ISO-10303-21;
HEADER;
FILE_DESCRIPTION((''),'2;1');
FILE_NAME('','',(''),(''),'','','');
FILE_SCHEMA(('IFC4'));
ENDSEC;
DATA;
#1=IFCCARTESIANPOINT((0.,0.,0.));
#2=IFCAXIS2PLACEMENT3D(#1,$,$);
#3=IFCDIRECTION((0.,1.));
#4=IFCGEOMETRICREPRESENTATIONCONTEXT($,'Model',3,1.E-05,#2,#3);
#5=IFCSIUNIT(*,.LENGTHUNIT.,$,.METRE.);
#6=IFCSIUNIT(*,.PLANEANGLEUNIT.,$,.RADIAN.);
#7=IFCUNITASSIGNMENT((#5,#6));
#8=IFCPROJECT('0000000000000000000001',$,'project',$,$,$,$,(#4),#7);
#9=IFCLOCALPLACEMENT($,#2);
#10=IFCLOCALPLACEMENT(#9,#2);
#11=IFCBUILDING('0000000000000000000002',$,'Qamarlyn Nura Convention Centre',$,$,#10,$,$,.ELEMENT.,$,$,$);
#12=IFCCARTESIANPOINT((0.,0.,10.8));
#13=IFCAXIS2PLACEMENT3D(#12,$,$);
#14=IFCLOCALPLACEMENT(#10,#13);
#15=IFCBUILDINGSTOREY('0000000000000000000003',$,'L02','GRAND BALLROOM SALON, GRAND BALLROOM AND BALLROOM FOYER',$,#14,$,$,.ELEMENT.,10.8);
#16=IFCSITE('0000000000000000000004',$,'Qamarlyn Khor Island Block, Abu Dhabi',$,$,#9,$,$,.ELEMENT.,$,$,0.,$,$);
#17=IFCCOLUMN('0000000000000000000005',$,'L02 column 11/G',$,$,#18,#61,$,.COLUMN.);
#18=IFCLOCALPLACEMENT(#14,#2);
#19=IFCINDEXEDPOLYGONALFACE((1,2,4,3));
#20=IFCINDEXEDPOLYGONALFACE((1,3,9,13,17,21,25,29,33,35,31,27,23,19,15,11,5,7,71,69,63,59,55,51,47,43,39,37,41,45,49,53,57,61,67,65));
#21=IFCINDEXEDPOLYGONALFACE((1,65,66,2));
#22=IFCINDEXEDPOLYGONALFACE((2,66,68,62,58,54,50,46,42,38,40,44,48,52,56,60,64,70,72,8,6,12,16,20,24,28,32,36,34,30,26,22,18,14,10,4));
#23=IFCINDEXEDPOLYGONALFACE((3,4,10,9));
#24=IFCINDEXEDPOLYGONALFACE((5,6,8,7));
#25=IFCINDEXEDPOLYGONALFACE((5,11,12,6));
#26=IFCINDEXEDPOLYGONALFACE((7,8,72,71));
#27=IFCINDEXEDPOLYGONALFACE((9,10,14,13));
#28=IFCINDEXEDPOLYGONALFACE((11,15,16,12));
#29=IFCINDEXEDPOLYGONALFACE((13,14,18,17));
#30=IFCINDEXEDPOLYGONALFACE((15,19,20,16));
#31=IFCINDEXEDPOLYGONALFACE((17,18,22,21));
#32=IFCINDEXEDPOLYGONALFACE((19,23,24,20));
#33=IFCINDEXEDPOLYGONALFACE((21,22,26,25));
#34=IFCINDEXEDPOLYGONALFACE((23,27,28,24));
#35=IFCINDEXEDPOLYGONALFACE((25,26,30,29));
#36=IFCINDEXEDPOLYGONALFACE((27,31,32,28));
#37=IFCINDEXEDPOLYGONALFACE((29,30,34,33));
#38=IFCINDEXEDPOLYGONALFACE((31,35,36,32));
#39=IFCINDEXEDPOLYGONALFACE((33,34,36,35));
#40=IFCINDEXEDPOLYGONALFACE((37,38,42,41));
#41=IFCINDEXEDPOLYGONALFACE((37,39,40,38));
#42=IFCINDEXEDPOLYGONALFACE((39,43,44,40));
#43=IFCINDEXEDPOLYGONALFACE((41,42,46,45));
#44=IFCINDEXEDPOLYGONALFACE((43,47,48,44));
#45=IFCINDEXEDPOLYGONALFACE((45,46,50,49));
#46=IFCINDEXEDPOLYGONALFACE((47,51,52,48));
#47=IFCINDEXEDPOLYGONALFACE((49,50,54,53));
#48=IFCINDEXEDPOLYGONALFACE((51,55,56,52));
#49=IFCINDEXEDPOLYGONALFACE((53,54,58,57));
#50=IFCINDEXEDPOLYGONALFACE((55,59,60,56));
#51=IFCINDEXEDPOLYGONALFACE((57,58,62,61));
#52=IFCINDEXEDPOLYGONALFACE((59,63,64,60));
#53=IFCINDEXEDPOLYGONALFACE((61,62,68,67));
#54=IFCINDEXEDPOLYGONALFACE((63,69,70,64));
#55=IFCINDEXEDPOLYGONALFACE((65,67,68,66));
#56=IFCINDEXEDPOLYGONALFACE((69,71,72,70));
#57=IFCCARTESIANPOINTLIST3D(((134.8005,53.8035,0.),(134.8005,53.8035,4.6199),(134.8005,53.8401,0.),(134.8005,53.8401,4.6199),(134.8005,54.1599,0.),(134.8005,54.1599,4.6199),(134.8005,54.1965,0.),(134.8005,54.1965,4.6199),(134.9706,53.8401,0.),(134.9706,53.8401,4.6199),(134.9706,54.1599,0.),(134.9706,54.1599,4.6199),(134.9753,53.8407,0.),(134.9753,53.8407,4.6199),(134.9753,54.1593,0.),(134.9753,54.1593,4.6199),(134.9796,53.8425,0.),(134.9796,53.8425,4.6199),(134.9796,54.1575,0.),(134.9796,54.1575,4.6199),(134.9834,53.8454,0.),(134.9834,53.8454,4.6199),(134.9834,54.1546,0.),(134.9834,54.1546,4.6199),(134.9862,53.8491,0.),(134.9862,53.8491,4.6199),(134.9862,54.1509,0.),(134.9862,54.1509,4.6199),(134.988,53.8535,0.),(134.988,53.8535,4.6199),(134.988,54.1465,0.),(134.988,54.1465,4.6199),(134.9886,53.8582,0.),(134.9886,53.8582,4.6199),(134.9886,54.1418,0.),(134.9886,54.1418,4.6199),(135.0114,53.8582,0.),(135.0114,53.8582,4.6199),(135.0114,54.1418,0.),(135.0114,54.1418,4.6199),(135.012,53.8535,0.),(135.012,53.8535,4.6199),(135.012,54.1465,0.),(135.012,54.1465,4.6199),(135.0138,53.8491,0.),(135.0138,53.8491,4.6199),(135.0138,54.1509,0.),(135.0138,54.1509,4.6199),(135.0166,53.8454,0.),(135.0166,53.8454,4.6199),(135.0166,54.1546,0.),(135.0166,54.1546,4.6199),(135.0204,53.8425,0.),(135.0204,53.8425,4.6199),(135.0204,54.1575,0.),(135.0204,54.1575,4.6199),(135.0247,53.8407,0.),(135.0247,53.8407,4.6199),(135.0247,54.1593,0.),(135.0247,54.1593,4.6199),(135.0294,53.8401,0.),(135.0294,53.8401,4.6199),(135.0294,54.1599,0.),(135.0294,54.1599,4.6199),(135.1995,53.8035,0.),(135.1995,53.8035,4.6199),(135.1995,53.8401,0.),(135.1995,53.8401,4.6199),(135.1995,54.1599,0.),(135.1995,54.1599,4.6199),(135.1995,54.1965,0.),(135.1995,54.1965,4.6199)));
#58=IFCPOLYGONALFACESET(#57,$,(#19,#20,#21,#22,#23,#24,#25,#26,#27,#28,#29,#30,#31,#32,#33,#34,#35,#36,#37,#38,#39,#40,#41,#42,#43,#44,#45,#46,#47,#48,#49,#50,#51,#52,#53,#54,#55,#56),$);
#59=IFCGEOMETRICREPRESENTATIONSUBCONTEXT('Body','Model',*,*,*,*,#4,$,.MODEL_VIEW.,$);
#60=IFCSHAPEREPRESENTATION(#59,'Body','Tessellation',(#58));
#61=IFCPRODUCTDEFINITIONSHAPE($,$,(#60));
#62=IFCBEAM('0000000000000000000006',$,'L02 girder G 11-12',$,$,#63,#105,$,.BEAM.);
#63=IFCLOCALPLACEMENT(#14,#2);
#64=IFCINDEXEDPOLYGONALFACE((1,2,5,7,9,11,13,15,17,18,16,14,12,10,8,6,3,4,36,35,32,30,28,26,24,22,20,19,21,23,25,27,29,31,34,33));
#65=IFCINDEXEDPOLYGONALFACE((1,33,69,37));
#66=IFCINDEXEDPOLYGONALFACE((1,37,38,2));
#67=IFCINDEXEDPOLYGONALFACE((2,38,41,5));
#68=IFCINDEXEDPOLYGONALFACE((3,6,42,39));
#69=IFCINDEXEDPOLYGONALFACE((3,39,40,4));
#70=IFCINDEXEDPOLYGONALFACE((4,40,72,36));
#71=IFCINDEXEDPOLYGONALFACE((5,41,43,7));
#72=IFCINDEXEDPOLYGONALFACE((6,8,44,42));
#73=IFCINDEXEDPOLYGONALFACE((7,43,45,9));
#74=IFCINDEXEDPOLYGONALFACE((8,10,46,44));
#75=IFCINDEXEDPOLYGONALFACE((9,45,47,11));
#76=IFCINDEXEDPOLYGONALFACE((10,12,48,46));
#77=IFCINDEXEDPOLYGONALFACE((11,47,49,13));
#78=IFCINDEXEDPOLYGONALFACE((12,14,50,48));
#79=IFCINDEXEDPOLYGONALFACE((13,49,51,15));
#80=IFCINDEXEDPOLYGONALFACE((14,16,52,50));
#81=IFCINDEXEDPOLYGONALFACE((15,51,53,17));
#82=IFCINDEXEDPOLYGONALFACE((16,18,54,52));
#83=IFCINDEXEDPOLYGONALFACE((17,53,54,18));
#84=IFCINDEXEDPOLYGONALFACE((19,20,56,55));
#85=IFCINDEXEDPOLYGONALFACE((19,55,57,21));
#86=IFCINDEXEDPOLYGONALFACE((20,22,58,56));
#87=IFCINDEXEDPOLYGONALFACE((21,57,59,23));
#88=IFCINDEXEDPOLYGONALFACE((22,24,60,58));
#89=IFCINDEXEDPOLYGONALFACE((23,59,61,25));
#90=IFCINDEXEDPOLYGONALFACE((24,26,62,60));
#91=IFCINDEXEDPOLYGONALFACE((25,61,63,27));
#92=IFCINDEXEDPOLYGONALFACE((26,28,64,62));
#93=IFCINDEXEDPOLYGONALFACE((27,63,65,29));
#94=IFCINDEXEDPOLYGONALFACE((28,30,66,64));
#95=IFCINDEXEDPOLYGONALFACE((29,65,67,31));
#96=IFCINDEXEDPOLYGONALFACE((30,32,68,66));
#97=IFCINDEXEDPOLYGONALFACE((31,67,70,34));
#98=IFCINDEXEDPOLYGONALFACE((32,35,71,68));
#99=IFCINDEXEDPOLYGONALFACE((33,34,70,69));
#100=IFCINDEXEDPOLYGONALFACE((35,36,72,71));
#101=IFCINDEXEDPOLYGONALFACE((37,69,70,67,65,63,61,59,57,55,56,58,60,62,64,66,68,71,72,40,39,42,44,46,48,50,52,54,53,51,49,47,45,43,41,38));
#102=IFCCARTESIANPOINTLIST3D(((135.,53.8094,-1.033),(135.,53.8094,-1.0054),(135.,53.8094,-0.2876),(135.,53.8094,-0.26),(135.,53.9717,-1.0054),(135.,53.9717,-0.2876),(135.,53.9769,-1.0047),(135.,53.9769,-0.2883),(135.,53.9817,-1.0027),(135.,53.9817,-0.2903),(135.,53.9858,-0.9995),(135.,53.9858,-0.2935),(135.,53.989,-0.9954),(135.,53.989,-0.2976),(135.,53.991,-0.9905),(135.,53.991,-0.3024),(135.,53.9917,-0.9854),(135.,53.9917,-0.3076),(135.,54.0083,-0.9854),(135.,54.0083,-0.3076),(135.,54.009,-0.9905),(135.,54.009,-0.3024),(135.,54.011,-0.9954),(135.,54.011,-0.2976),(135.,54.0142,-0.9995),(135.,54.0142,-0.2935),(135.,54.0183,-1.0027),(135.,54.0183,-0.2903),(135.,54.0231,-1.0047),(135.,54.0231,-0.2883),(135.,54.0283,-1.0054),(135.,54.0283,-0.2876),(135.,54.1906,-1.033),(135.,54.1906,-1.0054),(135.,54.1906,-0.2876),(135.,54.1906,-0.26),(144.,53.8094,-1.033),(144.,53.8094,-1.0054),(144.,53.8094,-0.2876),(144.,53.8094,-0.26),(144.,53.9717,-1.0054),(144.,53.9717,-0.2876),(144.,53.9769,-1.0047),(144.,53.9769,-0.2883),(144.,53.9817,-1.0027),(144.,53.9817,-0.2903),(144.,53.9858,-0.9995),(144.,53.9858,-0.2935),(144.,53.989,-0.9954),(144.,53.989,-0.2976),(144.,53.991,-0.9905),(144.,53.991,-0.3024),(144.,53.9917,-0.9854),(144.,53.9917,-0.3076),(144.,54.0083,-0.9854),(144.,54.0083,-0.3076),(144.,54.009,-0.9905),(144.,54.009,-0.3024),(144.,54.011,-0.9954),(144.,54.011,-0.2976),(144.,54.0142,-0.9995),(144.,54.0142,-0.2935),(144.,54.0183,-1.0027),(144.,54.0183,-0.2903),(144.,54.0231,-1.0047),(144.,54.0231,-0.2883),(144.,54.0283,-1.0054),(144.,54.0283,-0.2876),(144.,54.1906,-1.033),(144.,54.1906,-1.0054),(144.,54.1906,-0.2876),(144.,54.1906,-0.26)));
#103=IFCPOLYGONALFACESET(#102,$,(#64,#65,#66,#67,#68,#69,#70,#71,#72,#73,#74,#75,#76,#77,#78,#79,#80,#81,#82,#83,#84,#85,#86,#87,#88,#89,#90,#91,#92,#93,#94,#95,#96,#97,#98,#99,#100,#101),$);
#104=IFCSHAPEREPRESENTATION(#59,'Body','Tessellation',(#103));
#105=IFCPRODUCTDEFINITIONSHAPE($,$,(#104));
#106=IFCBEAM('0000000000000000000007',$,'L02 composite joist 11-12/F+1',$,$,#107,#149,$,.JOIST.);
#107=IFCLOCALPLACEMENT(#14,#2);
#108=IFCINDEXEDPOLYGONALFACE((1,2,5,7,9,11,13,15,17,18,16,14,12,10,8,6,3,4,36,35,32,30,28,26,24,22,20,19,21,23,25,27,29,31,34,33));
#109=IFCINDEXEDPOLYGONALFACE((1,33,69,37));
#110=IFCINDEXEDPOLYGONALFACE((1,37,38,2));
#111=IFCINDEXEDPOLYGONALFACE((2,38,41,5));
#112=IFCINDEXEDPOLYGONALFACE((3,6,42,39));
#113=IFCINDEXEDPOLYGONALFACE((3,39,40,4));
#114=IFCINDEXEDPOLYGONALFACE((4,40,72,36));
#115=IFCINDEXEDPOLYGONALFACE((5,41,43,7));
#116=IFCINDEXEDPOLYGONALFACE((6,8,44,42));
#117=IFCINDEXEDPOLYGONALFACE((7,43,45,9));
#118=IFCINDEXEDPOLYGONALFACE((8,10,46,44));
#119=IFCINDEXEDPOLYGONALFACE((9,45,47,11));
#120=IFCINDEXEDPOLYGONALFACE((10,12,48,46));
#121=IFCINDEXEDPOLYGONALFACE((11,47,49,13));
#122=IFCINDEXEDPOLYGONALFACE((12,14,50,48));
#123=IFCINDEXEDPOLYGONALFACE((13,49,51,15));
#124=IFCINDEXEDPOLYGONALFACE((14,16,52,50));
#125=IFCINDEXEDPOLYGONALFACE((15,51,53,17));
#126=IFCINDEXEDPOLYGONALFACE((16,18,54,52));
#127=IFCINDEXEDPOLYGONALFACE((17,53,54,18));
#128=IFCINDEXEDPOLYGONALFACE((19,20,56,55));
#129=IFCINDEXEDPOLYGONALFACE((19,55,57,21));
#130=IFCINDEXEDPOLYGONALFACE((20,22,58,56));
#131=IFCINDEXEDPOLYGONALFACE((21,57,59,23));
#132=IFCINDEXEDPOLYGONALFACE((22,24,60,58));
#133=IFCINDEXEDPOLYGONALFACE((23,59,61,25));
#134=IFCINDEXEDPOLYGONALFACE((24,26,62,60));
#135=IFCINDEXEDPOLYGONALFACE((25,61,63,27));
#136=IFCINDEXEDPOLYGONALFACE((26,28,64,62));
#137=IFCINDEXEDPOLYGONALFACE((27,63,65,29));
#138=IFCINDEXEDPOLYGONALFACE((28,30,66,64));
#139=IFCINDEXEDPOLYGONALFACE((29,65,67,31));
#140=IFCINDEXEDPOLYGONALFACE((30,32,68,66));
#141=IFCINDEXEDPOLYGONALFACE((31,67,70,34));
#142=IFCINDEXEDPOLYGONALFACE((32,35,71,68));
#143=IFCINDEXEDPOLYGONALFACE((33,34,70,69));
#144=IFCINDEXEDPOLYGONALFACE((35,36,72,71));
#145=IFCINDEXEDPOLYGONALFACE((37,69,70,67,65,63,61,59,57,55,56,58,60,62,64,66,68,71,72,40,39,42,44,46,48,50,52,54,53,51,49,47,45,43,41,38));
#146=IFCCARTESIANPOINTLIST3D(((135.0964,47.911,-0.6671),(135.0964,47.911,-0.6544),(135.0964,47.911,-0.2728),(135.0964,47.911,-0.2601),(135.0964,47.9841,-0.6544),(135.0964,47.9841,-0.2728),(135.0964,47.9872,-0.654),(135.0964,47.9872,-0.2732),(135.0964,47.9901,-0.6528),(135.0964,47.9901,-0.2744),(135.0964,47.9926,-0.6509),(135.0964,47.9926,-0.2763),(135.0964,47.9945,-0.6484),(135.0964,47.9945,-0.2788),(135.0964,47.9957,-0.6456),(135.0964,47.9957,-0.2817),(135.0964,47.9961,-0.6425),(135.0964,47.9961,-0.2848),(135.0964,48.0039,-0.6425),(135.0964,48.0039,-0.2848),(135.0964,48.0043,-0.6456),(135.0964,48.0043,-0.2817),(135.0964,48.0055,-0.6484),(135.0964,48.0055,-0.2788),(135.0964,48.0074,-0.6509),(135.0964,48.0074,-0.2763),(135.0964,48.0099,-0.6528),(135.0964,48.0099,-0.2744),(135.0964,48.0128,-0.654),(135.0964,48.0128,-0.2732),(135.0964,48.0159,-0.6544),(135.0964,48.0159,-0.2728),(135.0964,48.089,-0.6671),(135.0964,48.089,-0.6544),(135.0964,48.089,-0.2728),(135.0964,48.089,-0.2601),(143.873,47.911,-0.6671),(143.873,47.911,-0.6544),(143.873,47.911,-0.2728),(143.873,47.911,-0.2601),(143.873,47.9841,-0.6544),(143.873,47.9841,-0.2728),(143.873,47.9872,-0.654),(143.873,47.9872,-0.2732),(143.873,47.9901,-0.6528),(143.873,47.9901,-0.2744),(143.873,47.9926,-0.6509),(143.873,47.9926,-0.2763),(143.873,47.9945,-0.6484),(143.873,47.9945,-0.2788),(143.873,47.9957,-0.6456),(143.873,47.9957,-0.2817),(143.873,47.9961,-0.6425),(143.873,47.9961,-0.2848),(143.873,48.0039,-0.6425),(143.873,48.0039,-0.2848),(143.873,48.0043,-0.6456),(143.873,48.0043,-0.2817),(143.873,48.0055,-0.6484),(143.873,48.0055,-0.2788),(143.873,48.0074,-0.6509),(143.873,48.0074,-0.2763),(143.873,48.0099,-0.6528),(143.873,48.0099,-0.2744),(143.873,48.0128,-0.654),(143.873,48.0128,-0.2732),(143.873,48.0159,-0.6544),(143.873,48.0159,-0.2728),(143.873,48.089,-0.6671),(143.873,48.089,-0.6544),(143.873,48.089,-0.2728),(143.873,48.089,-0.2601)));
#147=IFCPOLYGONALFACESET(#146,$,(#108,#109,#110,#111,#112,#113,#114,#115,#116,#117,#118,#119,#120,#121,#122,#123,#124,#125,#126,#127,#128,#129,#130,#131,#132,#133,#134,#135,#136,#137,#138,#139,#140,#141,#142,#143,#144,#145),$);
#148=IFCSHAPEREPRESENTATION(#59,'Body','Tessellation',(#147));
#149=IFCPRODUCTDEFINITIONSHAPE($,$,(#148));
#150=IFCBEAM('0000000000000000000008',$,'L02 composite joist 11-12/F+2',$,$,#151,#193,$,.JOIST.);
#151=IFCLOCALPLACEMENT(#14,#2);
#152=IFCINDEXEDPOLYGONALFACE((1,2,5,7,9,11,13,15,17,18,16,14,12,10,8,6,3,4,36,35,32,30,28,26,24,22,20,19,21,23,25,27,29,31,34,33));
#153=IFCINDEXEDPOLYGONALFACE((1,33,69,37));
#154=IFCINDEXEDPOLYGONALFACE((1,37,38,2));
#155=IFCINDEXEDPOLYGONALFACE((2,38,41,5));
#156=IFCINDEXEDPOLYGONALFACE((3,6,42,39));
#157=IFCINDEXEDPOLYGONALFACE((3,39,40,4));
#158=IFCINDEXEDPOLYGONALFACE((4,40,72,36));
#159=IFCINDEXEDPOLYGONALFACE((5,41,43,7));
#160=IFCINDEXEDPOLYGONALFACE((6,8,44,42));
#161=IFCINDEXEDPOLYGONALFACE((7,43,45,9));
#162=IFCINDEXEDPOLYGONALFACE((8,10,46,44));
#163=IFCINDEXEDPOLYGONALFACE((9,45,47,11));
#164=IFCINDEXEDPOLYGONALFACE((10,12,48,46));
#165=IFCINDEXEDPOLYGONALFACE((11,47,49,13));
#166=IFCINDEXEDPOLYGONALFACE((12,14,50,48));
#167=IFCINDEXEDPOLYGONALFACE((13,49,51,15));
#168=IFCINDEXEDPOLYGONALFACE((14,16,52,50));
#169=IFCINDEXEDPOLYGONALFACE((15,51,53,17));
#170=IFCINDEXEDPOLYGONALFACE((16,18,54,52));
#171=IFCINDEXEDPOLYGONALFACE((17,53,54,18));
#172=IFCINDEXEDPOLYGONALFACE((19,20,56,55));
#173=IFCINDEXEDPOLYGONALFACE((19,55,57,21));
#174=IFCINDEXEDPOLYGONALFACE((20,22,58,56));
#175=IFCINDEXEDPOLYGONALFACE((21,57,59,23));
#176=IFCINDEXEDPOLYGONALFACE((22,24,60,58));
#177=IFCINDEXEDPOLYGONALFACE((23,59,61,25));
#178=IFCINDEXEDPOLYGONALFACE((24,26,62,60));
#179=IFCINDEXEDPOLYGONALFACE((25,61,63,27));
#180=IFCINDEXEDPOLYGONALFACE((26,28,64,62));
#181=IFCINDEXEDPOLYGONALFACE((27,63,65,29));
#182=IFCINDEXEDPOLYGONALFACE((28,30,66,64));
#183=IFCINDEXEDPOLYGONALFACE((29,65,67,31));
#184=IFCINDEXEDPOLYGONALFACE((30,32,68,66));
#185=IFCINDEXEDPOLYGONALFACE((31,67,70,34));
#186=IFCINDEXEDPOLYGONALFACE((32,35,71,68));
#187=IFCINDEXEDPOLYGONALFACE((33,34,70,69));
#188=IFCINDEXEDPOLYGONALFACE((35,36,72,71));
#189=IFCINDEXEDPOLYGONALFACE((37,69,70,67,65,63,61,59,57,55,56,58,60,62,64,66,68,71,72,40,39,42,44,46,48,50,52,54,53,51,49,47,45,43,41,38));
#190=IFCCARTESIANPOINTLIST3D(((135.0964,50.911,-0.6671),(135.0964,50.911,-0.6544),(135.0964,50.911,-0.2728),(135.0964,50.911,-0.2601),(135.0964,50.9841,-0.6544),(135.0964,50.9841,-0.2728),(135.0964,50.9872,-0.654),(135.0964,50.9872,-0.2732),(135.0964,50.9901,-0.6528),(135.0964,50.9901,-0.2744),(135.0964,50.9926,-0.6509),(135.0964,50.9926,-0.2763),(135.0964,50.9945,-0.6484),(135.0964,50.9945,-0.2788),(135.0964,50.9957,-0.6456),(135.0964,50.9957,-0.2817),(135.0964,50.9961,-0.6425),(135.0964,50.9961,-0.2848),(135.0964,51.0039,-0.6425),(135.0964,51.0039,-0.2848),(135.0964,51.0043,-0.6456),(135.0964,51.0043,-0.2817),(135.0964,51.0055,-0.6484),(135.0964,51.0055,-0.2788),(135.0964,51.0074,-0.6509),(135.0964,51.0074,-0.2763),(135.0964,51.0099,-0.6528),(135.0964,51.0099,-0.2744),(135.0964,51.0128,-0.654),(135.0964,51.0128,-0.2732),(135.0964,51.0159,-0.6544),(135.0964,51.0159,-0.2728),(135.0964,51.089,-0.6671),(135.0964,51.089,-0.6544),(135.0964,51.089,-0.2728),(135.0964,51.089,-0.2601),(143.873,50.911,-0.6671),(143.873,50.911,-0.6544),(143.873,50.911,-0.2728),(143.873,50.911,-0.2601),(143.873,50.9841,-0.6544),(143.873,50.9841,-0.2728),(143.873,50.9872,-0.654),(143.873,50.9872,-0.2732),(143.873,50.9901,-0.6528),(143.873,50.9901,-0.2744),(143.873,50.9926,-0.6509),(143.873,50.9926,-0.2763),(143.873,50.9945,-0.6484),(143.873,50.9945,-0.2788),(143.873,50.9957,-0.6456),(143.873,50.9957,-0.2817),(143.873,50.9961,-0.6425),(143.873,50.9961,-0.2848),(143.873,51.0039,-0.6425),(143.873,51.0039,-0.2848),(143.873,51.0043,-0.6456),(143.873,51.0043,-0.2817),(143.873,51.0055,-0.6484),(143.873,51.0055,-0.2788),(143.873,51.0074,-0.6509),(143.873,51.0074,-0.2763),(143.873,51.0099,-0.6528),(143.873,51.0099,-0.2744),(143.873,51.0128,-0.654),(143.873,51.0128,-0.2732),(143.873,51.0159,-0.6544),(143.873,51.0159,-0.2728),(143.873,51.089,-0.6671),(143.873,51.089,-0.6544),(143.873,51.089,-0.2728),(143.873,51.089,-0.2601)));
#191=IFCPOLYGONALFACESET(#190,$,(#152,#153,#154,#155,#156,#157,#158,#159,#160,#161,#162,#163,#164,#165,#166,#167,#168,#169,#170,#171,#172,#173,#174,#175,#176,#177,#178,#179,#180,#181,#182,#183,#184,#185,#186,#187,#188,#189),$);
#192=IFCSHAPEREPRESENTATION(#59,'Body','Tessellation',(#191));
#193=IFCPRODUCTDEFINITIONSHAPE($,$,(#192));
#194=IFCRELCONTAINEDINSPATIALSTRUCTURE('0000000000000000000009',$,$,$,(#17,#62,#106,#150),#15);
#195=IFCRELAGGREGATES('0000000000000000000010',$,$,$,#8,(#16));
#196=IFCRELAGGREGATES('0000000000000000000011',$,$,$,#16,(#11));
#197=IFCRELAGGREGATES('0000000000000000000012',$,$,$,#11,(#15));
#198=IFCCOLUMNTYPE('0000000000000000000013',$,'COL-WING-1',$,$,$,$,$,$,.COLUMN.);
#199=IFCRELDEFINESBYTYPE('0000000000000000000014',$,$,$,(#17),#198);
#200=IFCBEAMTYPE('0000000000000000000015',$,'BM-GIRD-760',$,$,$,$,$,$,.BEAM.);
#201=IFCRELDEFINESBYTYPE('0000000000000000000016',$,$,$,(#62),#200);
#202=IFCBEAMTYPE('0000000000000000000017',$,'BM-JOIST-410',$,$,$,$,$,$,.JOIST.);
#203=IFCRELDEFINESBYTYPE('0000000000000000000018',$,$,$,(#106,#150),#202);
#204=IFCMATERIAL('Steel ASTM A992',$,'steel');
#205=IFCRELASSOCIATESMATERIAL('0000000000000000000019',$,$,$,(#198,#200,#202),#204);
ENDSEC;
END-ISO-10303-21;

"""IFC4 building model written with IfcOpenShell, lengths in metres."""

from ifc_helpers import new_model, si_unit, direction, frame, origin, origin_2d, place, context, subcontext, project, spatial, i_section, extrude, material, material_profile, profile_set, type_object, element, save


model = new_model("IFC4")

# Units and contexts
model_context = context("Model", 3, precision=1e-05, world=origin(), true_north=direction((0.0, 1.0)))
body_context = subcontext(model_context, "Body", "Model", "MODEL_VIEW")
ifc_project = project(units=[si_unit("LENGTHUNIT", "METRE"), si_unit("PLANEANGLEUNIT", "RADIAN")], contexts=[model_context])

# Site, building, storey
site_placement = place(None, origin())
site = spatial("IfcSite", under=ifc_project, at=site_placement, Name="Qamarlyn Khor Island Block, Abu Dhabi", CompositionType="ELEMENT", RefElevation=0.0)
building_placement = place(site_placement, origin())
building = spatial("IfcBuilding", under=site, at=building_placement, Name="Qamarlyn Nura Convention Centre", CompositionType="ELEMENT")
storey_placement = place(building_placement, frame((0.0, 0.0, 10.8)))
storey = spatial("IfcBuildingStorey", under=building, at=storey_placement, Name="L02", Description="GRAND BALLROOM SALON, GRAND BALLROOM AND BALLROOM FOYER", CompositionType="ELEMENT", Elevation=10.8)

# Column
ifc_material_1 = material(Name="Steel ASTM A992", Category="steel")
ifc_material_profile_1 = material_profile(ifc_material_1, i_section(OverallWidth=0.3989, OverallDepth=0.3931, WebThickness=0.0227, FlangeThickness=0.0366, FilletRadius=0.0181, at=origin_2d()), Name="W360X287")
ifc_profile_set_1 = profile_set([ifc_material_profile_1], Name="Steel ASTM A992")
column_type = type_object("IfcColumnType", Name="COL-WING-1", PredefinedType="COLUMN", material=ifc_profile_set_1)
column_placement = place(storey_placement, frame((135.0, 54.0, 0.0), z_axis=(0.0, 0.0, 1.0), x_axis=(1.0, 0.0, 0.0)))
element("IfcColumn", 1, at=column_placement, inside=storey, type_object=column_type, Name="L02 column 11/G", PredefinedType="COLUMN", context=body_context, shape_type="SweptSolid", body=[
    extrude(i_section(OverallWidth=0.3989, OverallDepth=0.3931, WebThickness=0.0227, FlangeThickness=0.0366, FilletRadius=0.0181, at=origin_2d()), origin(), (0.0, 0.0, 1.0), 4.6199),
])

# Beams
ifc_material_profile_2 = material_profile(ifc_material_1, i_section(OverallWidth=0.3811, OverallDepth=0.7729, WebThickness=0.0166, FlangeThickness=0.0276, FilletRadius=0.02, at=origin_2d()), Name="W760X257")
ifc_profile_set_2 = profile_set([ifc_material_profile_2], Name="Steel ASTM A992")
beam_type_1 = type_object("IfcBeamType", Name="BM-GIRD-760", PredefinedType="BEAM", material=ifc_profile_set_2)
beam_1_placement = place(storey_placement, frame((135.0, 54.0, -0.6465), z_axis=(1.0, 0.0, 0.0), x_axis=(0.0, 1.0, 0.0)))
element("IfcBeam", 2, at=beam_1_placement, inside=storey, type_object=beam_type_1, Name="L02 girder G 11-12", PredefinedType="BEAM", context=body_context, shape_type="SweptSolid", body=[
    extrude(i_section(OverallWidth=0.3811, OverallDepth=0.7729, WebThickness=0.0166, FlangeThickness=0.0276, FilletRadius=0.02, at=origin_2d()), origin(), (0.0, 0.0, 1.0), 9.0),
])
ifc_material_profile_3 = material_profile(ifc_material_1, i_section(OverallWidth=0.178, OverallDepth=0.407, WebThickness=0.0078, FlangeThickness=0.0127, FilletRadius=0.012, at=origin_2d()), Name="W410X60")
ifc_profile_set_3 = profile_set([ifc_material_profile_3], Name="Steel ASTM A992")
beam_type_2 = type_object("IfcBeamType", Name="BM-JOIST-410", PredefinedType="JOIST", material=ifc_profile_set_3)
for number, where, z_axis, x_axis, name in (
    (3, (135.0964, 48.0, -0.4636), (1.0, 0.0, 0.0), (0.0, 1.0, 0.0), "L02 composite joist 11-12/F+1"),
    (4, (135.0964, 51.0, -0.4636), (1.0, 0.0, 0.0), (0.0, 1.0, 0.0), "L02 composite joist 11-12/F+2"),
):
    element("IfcBeam", number, at=place(storey_placement, frame(where, z_axis=z_axis, x_axis=x_axis)), inside=storey, type_object=beam_type_2, Name=name, PredefinedType="JOIST", context=body_context, shape_type="SweptSolid", body=[
        extrude(i_section(OverallWidth=0.178, OverallDepth=0.407, WebThickness=0.0078, FlangeThickness=0.0127, FilletRadius=0.012, at=origin_2d()), origin(), (0.0, 0.0, 1.0), 8.7766),
    ])

save(model, "model.ifc")
